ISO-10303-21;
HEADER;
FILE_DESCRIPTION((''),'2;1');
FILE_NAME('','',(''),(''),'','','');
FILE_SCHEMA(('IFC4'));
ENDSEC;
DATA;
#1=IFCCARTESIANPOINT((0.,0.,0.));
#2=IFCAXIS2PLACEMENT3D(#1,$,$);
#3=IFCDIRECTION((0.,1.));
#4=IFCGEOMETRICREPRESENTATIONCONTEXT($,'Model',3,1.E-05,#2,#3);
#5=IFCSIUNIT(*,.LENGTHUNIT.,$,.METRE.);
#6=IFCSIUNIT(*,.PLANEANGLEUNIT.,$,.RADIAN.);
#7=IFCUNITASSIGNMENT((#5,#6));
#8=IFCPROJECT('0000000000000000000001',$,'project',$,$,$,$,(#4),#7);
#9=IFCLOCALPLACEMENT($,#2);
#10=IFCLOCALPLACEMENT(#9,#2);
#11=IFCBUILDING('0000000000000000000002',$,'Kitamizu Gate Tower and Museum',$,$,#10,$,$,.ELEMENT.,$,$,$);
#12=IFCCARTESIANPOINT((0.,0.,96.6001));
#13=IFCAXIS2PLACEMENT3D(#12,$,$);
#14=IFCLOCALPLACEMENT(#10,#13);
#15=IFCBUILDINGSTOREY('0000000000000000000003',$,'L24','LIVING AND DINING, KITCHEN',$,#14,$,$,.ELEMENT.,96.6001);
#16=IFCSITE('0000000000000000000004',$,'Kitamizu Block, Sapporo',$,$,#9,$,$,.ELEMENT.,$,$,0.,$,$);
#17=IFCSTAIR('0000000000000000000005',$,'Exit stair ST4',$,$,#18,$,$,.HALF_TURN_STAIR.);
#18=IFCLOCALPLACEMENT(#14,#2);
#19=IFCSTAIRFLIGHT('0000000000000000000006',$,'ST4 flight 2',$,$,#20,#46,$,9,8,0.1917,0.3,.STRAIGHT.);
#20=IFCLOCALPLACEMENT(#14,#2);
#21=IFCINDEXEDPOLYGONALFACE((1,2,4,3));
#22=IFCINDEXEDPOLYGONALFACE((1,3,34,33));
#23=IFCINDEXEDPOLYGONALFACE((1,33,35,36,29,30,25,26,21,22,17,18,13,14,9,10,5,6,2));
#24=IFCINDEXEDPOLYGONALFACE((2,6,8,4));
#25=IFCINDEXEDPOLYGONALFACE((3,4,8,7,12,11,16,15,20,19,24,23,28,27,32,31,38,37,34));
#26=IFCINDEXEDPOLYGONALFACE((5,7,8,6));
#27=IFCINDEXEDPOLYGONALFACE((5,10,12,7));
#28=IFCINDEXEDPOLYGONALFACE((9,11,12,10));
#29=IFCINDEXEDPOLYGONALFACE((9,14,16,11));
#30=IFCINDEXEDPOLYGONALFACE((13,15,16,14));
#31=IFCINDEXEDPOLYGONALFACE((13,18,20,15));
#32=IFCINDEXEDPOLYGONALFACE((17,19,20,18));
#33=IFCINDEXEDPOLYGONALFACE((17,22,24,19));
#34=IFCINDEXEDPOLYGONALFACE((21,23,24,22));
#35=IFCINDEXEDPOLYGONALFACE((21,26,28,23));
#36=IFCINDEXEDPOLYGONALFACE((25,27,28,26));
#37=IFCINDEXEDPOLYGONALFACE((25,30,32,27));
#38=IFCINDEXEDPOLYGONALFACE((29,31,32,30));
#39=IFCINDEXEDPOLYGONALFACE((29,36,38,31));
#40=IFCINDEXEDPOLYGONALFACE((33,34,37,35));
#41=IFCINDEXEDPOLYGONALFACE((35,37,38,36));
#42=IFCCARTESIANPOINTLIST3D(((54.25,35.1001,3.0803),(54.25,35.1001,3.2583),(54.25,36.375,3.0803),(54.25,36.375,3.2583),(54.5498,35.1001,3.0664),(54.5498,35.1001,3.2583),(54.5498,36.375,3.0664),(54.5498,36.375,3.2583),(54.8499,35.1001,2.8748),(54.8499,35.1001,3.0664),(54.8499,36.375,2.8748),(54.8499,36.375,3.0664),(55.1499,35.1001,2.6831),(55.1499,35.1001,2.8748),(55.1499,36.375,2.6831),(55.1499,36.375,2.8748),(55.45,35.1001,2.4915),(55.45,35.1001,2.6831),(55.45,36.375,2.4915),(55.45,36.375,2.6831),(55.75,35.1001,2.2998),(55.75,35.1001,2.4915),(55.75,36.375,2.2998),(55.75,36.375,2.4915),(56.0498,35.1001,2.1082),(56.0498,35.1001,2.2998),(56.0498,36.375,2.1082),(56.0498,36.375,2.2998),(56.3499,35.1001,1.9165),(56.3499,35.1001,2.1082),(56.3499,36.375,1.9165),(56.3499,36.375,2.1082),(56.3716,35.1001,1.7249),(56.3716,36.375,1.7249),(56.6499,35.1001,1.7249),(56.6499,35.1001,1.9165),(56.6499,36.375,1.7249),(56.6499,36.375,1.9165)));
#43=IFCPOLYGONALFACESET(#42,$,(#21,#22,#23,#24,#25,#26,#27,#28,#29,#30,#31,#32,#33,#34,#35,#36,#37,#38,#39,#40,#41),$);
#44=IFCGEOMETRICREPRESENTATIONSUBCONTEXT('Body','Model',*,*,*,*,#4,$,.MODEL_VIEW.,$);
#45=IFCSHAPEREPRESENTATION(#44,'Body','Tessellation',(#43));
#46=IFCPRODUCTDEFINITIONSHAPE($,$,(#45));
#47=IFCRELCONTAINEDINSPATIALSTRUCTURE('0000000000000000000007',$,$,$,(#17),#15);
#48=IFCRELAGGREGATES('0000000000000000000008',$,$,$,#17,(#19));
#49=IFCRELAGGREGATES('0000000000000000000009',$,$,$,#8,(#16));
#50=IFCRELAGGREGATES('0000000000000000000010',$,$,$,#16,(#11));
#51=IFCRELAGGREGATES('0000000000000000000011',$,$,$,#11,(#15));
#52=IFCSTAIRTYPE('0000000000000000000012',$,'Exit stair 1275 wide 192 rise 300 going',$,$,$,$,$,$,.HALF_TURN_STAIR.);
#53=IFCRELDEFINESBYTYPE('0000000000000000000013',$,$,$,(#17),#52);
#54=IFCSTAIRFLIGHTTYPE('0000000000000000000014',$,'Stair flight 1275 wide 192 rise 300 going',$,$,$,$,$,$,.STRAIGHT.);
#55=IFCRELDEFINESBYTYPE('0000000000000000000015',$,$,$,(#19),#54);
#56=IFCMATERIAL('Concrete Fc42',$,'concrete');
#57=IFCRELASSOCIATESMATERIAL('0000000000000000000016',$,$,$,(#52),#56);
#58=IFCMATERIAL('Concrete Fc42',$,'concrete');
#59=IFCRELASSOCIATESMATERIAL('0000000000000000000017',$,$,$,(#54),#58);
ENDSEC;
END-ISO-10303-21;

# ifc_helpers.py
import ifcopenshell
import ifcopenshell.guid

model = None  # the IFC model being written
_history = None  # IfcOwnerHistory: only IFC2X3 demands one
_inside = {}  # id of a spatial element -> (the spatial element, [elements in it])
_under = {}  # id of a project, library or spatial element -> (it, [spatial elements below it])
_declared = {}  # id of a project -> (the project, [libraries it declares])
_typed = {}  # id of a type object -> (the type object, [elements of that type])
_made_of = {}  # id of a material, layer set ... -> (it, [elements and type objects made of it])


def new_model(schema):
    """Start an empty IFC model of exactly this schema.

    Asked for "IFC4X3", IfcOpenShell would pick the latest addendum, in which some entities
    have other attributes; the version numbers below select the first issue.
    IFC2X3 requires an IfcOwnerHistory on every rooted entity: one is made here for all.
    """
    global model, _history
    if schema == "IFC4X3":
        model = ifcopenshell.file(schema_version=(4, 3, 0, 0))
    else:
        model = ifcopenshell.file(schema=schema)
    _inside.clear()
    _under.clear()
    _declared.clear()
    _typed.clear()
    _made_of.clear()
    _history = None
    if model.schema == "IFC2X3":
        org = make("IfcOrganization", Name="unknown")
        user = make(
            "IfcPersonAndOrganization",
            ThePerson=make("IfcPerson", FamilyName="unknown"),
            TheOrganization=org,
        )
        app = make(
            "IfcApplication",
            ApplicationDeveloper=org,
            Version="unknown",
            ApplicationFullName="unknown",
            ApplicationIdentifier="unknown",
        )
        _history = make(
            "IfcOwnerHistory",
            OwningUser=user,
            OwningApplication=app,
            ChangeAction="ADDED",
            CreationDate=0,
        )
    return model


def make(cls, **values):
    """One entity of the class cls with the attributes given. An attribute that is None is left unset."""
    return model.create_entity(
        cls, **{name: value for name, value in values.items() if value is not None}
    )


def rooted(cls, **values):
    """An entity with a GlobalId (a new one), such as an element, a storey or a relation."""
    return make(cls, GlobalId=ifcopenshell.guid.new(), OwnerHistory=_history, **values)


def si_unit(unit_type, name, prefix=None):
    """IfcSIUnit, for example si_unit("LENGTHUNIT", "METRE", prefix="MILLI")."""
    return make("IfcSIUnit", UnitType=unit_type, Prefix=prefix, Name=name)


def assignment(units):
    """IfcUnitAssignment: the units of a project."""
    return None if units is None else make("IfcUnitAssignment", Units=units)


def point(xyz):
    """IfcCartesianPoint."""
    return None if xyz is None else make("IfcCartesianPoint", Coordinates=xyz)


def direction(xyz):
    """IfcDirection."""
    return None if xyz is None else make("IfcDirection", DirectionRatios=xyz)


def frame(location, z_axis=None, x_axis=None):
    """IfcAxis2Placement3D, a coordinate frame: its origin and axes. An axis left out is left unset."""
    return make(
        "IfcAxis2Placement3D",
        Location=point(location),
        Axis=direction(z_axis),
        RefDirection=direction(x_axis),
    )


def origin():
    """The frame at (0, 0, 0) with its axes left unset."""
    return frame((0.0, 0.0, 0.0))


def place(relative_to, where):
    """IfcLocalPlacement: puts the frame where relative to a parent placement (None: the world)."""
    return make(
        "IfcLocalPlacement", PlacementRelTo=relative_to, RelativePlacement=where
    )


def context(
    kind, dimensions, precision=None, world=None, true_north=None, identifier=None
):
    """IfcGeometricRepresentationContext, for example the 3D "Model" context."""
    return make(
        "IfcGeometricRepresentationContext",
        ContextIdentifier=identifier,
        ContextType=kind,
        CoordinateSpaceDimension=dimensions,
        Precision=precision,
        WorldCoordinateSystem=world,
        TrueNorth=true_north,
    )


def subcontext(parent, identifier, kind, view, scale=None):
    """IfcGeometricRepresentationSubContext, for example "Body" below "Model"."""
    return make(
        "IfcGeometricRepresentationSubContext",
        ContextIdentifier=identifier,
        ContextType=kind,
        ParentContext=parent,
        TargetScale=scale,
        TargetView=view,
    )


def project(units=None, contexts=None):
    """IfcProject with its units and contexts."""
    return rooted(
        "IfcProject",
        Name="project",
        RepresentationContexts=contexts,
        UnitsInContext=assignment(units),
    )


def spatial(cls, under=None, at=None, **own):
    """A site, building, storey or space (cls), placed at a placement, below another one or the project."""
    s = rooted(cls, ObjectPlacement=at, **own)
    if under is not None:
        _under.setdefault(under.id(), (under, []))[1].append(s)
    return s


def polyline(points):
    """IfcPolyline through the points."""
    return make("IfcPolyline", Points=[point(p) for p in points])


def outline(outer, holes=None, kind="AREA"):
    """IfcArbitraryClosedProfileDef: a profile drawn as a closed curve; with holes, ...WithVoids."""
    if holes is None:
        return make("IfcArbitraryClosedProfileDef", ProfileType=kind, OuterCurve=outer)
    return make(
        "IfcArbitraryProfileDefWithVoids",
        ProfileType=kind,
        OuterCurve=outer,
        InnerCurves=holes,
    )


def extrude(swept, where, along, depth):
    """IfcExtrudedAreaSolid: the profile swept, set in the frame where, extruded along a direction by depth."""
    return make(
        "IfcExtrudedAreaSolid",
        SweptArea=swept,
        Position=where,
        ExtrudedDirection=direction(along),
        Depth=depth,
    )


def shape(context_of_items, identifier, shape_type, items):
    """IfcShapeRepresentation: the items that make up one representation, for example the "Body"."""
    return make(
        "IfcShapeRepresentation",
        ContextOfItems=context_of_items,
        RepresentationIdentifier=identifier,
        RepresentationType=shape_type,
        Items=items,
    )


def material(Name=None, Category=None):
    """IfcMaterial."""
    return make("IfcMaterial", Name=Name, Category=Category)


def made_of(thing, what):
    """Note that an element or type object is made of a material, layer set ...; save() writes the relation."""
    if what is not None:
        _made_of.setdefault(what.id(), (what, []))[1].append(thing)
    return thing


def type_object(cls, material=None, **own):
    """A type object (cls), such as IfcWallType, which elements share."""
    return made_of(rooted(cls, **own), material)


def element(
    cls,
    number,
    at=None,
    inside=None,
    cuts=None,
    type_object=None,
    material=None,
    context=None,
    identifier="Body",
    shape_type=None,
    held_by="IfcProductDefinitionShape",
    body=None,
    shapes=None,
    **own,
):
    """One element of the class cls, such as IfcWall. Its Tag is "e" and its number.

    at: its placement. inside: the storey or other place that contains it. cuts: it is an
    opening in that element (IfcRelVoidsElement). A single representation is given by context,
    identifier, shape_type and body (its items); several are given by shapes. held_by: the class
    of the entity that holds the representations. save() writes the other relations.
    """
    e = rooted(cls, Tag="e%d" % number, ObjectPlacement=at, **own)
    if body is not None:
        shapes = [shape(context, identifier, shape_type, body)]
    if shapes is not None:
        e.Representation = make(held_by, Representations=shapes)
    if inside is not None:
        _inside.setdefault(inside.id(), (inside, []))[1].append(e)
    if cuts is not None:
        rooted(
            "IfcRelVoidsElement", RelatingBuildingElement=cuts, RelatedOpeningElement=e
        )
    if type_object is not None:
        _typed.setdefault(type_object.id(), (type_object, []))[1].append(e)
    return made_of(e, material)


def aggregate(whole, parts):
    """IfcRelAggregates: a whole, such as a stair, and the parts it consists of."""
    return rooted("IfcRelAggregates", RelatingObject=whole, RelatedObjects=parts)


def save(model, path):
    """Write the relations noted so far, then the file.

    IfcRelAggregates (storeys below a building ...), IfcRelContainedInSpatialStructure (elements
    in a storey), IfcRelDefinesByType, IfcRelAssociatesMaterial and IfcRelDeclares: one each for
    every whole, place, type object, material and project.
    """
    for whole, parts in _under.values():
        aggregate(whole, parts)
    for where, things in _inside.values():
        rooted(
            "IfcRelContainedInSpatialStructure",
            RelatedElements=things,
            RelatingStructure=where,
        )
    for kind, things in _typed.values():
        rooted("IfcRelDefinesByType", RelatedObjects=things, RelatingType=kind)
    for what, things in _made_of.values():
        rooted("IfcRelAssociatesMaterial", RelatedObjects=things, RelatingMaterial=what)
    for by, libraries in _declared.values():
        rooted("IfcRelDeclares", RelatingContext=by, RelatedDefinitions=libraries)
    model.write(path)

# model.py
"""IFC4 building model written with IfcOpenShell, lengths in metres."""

from ifc_helpers import new_model, si_unit, direction, frame, origin, place, context, subcontext, project, spatial, polyline, outline, extrude, material, type_object, element, aggregate, save


model = new_model("IFC4")

# Units and contexts
model_context = context("Model", 3, precision=1e-05, world=origin(), true_north=direction((0.0, 1.0)))
body_context = subcontext(model_context, "Body", "Model", "MODEL_VIEW")
ifc_project = project(units=[si_unit("LENGTHUNIT", "METRE"), si_unit("PLANEANGLEUNIT", "RADIAN")], contexts=[model_context])

# Site, building, storey
site_placement = place(None, origin())
site = spatial("IfcSite", under=ifc_project, at=site_placement, Name="Kitamizu Block, Sapporo", CompositionType="ELEMENT", RefElevation=0.0)
building_placement = place(site_placement, origin())
building = spatial("IfcBuilding", under=site, at=building_placement, Name="Kitamizu Gate Tower and Museum", CompositionType="ELEMENT")
storey_placement = place(building_placement, frame((0.0, 0.0, 96.6001)))
storey = spatial("IfcBuildingStorey", under=building, at=storey_placement, Name="L24", Description="LIVING AND DINING, KITCHEN", CompositionType="ELEMENT", Elevation=96.6001)

# Stair, stair flight
ifc_material_1 = material(Name="Concrete Fc42", Category="concrete")
stair_type = type_object("IfcStairType", Name="Exit stair 1275 wide 192 rise 300 going", PredefinedType="HALF_TURN_STAIR", material=ifc_material_1)
stair_placement = place(storey_placement, origin())
stair = element("IfcStair", 1, at=stair_placement, inside=storey, type_object=stair_type, Name="Exit stair ST4", PredefinedType="HALF_TURN_STAIR")
ifc_material_2 = material(Name="Concrete Fc42", Category="concrete")
stair_flight_type = type_object("IfcStairFlightType", Name="Stair flight 1275 wide 192 rise 300 going", PredefinedType="STRAIGHT", material=ifc_material_2)
stair_flight_placement = place(storey_placement, frame((56.6499, 35.7375, 1.7249), z_axis=(0.0, 0.0, 1.0), x_axis=(-1.0, 0.0, 0.0)))
stair_flight = element("IfcStairFlight", 2, at=stair_flight_placement, type_object=stair_flight_type, Name="ST4 flight 2", NumberOfRisers=9, NumberOfTreads=8, PredefinedType="STRAIGHT", RiserHeight=0.1917, TreadLength=0.3, context=body_context, shape_type="SweptSolid", body=[
    extrude(outline(polyline([(0.0, 0.0), (0.0, 0.1917), (0.3, 0.1917), (0.3, 0.3833), (0.6001, 0.3833), (0.6001, 0.575), (0.8999, 0.575), (0.8999, 0.7666), (1.2, 0.7666), (1.2, 0.9583), (1.5, 0.9583), (1.5, 1.1499), (1.8, 1.1499), (1.8, 1.3416), (2.1001, 1.3416), (2.1001, 1.5334), (2.3999, 1.5334), (2.3999, 1.7251), (2.3999, 1.3555), (0.2783, 0.0), (0.0, 0.0)])), frame((0.0, 0.6375, 0.0), z_axis=(0.0, -1.0, 0.0), x_axis=(1.0, 0.0, 0.0)), (0.0, 0.0, 1.0), 1.2749),
])
aggregate(stair, [stair_flight])

save(model, "model.ifc")
